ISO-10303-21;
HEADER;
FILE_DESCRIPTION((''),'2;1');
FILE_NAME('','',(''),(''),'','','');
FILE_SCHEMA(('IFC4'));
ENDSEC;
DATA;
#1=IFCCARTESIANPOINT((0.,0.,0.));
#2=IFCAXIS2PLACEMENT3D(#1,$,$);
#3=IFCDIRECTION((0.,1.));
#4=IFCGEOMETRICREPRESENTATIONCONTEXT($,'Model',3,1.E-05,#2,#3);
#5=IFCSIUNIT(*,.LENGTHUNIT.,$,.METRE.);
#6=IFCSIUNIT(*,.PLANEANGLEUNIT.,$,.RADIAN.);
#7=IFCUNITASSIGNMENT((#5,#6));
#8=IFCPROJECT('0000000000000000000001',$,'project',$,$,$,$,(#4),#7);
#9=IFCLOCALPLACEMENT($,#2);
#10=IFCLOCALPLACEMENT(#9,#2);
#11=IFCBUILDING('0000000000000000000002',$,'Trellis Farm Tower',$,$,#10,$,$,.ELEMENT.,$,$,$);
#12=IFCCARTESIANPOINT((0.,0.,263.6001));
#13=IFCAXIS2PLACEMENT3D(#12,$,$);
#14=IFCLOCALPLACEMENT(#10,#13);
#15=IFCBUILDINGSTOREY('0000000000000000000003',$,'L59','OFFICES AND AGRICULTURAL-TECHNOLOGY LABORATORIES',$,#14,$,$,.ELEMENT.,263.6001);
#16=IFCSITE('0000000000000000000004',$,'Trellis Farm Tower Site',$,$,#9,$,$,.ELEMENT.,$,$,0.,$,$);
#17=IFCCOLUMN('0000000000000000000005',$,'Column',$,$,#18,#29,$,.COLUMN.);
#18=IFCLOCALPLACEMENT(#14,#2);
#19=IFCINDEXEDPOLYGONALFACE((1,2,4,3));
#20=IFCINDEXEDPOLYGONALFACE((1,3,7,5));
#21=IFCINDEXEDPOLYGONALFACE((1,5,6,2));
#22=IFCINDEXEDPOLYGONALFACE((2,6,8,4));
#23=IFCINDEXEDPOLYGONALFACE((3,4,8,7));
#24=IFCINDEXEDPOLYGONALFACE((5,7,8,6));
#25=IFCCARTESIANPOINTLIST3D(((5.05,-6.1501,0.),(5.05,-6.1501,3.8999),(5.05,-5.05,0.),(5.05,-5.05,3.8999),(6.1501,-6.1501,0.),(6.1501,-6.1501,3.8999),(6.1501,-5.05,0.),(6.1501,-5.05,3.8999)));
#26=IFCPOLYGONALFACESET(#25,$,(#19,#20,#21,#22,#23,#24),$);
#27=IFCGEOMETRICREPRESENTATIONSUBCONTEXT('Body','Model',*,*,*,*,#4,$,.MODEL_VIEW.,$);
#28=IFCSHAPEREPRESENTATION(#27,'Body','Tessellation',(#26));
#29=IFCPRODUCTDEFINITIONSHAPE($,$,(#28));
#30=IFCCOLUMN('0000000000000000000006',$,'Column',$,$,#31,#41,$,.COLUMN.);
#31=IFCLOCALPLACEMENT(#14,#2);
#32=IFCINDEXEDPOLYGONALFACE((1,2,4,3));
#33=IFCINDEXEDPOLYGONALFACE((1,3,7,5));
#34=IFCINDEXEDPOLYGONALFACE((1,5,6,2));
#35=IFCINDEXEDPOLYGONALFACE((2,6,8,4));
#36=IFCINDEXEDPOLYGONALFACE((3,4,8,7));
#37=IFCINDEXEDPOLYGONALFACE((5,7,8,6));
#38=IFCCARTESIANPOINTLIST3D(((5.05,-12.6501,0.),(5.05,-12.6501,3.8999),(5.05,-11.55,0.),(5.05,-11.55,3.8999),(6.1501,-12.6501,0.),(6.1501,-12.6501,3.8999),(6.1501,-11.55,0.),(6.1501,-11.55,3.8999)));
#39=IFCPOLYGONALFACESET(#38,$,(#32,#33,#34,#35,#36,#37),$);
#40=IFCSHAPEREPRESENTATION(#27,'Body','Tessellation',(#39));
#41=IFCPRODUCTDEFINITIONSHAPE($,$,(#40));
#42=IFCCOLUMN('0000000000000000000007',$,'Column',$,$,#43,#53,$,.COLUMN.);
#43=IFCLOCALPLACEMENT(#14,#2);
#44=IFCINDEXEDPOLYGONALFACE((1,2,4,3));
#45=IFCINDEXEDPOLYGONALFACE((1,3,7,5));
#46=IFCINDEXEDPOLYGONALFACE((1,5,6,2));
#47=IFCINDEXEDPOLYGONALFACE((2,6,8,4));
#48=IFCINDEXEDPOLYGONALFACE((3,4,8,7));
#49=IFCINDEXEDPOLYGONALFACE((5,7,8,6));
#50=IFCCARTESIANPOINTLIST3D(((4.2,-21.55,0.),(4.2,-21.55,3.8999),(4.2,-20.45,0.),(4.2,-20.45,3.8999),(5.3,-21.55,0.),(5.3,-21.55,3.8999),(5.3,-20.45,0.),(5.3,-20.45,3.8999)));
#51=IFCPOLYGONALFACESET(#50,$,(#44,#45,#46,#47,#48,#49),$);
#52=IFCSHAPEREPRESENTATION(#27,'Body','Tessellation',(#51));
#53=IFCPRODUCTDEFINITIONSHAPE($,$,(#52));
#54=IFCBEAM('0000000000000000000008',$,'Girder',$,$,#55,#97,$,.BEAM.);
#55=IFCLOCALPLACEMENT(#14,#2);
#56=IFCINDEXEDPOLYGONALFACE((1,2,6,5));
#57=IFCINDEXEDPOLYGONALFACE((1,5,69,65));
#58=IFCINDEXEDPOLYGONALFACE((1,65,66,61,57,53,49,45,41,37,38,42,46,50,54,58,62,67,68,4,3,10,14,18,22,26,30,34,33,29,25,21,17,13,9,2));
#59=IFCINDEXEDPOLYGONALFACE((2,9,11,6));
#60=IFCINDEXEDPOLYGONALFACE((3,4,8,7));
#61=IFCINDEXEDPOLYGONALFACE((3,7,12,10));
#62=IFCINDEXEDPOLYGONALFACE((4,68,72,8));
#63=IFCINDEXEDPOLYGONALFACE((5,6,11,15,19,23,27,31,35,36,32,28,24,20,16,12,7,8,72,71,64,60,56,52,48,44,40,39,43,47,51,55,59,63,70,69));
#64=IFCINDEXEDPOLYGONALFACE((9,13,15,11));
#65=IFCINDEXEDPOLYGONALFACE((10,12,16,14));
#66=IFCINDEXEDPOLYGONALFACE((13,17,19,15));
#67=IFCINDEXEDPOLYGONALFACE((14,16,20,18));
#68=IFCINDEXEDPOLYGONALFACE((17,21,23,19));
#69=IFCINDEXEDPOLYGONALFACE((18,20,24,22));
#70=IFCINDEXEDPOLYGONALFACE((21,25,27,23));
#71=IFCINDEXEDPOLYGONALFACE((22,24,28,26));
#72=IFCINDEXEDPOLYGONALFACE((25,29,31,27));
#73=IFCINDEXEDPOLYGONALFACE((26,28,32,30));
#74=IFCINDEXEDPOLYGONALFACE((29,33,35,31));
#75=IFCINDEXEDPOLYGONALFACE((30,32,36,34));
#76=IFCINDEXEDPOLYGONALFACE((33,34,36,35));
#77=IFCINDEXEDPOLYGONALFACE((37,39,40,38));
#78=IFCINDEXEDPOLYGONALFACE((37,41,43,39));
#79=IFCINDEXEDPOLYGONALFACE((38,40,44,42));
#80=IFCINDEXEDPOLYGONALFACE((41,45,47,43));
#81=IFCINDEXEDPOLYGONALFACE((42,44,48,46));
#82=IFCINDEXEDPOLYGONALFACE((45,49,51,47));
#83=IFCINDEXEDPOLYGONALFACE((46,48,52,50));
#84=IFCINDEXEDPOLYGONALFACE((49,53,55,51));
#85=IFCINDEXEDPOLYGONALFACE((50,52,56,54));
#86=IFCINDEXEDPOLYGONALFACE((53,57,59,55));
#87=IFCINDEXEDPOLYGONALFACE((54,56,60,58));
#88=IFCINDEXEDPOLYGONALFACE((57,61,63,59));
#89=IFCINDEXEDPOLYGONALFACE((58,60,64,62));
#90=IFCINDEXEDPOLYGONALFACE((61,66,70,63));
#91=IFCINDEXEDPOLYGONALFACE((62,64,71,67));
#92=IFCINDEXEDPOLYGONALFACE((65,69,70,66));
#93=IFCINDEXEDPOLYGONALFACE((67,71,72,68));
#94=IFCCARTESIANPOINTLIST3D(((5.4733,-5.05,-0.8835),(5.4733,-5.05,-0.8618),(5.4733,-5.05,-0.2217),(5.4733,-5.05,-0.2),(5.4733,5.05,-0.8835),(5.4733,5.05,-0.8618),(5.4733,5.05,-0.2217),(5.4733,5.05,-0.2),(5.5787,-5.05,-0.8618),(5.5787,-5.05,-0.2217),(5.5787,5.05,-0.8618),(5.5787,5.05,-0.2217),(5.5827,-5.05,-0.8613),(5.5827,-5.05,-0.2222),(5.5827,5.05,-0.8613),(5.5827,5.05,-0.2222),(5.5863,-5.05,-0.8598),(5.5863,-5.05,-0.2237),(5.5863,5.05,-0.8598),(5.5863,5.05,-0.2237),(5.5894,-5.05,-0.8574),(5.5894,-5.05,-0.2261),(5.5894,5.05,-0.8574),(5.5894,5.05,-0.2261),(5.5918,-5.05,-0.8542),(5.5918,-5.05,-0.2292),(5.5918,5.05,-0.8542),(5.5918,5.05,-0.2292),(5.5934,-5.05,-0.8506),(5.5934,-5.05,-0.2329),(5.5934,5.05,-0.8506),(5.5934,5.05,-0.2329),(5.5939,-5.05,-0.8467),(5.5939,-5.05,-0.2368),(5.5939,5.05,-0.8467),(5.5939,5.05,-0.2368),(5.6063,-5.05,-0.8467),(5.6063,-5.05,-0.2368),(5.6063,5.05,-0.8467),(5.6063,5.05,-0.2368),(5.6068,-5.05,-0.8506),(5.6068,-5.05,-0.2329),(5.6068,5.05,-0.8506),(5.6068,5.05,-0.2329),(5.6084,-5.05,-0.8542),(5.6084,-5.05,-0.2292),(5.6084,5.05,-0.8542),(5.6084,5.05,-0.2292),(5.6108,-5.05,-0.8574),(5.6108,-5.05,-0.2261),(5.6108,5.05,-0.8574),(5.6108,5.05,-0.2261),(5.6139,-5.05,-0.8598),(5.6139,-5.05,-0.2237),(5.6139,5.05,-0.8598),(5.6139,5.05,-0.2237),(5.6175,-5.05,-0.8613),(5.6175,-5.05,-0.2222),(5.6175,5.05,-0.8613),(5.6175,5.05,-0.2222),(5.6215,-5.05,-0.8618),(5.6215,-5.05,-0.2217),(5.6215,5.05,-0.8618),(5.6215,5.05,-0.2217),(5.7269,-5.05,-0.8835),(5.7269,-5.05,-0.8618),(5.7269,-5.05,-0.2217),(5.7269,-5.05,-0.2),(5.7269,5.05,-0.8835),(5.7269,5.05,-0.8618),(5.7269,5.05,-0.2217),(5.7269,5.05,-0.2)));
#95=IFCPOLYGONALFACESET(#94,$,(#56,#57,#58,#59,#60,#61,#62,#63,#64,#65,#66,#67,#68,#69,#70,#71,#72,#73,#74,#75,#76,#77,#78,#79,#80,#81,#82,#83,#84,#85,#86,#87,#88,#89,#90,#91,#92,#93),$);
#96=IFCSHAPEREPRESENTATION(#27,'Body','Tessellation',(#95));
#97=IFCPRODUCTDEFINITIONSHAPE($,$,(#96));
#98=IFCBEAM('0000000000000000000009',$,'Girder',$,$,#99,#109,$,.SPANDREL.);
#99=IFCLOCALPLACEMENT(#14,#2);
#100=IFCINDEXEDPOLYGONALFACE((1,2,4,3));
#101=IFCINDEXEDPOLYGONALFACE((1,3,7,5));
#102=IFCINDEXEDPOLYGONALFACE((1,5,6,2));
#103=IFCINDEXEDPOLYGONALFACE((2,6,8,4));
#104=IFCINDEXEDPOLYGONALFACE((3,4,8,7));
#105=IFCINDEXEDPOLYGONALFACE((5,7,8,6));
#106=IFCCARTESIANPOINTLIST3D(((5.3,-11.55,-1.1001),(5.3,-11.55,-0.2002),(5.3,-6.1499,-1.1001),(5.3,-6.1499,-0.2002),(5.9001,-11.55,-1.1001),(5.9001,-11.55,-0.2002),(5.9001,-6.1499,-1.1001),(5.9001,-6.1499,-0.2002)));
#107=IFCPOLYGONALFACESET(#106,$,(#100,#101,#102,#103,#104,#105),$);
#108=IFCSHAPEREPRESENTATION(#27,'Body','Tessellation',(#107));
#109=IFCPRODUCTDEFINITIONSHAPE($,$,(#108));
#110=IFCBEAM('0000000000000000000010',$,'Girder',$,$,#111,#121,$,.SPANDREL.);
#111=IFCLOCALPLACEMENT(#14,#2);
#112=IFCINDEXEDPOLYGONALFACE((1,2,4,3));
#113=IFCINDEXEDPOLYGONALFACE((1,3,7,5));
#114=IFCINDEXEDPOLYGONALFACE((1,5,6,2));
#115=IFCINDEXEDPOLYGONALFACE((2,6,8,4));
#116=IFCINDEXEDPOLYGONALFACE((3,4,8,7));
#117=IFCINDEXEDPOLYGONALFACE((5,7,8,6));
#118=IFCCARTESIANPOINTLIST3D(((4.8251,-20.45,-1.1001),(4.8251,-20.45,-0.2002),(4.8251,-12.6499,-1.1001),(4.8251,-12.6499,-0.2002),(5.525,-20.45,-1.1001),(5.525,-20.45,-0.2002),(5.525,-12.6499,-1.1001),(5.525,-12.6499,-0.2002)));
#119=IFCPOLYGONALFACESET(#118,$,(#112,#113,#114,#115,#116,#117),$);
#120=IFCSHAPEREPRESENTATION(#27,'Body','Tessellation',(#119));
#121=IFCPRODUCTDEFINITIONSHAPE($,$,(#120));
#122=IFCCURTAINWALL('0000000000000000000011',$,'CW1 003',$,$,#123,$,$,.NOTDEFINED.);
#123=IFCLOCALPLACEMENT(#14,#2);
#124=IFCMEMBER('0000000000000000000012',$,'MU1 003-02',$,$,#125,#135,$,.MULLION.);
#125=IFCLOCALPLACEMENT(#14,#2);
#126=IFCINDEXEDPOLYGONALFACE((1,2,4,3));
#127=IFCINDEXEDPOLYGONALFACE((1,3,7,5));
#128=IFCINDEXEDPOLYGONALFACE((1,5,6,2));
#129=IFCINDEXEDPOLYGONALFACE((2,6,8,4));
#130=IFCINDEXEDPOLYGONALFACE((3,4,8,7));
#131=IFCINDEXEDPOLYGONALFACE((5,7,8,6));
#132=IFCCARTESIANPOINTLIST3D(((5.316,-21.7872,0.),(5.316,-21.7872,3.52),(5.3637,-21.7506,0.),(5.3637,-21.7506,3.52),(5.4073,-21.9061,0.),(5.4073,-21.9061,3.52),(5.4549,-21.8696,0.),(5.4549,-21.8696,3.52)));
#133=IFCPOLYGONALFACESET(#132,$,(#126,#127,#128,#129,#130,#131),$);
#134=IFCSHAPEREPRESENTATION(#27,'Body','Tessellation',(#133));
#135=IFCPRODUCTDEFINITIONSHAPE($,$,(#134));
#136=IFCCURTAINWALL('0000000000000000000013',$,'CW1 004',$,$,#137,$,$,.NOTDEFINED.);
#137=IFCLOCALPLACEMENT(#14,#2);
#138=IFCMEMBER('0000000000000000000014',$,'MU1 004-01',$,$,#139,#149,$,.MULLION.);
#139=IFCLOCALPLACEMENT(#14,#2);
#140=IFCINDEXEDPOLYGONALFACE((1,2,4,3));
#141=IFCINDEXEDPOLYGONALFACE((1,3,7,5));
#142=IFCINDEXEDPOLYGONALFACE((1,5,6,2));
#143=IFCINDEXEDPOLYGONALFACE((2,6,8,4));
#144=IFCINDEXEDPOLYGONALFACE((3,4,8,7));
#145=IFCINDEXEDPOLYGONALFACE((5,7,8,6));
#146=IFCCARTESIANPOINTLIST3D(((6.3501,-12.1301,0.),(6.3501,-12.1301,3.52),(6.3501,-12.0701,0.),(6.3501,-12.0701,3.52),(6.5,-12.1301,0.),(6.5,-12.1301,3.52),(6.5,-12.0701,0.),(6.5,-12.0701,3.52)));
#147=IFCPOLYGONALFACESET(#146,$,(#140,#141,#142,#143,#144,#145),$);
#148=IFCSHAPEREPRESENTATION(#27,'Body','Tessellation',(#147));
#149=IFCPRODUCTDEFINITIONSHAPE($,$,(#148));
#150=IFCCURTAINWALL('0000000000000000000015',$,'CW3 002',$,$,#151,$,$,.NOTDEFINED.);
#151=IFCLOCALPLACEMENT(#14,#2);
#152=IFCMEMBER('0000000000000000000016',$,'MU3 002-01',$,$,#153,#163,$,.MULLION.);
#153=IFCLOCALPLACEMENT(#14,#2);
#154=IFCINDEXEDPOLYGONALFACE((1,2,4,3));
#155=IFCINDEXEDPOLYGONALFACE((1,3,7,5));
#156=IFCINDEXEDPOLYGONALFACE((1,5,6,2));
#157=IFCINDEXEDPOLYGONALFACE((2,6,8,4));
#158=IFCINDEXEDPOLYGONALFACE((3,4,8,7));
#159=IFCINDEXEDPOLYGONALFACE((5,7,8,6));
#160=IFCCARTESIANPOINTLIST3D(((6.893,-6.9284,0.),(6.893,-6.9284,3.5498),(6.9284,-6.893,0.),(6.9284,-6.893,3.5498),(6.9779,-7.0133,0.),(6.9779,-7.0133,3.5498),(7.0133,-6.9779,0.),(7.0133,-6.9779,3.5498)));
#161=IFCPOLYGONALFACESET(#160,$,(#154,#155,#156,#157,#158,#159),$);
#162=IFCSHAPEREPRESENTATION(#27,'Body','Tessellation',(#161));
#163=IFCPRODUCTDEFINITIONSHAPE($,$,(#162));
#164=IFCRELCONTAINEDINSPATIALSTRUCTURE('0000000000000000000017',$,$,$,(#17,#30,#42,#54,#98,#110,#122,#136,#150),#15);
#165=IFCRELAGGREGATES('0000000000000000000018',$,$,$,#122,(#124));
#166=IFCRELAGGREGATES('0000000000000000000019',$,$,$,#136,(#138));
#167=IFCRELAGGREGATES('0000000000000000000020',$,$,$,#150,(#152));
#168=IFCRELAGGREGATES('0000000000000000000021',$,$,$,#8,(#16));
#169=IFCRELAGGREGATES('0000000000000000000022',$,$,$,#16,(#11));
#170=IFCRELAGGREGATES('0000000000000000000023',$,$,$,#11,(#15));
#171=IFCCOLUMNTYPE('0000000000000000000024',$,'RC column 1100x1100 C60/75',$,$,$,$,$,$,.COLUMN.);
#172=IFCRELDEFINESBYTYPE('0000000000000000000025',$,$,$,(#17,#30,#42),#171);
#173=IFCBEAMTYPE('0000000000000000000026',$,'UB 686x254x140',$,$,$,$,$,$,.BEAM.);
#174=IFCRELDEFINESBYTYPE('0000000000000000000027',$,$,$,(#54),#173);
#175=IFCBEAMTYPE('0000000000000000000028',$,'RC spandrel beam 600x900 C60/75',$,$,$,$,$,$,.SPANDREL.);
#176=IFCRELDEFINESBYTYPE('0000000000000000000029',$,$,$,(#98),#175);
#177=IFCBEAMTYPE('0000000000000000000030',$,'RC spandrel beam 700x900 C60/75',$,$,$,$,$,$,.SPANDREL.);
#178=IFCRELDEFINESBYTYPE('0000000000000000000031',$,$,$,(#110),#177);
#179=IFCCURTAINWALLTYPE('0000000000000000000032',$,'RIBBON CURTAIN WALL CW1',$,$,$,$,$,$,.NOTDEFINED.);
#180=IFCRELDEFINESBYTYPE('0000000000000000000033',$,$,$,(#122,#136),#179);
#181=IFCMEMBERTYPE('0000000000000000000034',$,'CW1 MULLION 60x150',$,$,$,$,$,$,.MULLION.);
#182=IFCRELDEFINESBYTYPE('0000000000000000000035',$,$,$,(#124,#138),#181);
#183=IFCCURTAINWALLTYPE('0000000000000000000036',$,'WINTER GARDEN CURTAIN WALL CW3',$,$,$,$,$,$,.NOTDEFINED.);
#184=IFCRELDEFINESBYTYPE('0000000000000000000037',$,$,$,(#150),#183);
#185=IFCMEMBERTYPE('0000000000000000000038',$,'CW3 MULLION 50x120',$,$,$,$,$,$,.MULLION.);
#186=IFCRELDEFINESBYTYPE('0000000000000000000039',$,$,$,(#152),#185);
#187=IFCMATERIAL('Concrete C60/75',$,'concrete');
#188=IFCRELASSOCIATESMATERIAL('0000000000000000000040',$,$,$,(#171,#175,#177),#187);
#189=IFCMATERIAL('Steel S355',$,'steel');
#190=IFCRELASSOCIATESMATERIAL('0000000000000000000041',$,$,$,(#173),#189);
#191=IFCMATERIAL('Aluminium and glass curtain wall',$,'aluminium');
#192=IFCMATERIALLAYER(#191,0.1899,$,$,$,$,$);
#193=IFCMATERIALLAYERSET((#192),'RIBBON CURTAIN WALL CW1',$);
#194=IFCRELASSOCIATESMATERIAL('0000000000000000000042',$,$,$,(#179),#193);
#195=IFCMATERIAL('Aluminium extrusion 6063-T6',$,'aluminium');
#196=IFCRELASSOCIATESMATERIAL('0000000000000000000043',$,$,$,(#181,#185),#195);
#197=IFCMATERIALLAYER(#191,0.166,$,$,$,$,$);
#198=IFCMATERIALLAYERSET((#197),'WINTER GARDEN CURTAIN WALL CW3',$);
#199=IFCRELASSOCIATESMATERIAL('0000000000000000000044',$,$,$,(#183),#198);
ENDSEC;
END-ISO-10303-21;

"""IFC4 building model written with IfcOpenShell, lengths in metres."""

from ifc_helpers import new_model, si_unit, direction, frame, origin, origin_2d, place, context, subcontext, project, spatial, rectangle, i_section, extrude, source, transform, mapped, material, layer, layer_set, material_profile, profile_set, type_object, element, aggregate, save


model = new_model("IFC4")

# Units and contexts
model_context = context("Model", 3, precision=1e-05, world=origin(), true_north=direction((0.0, 1.0)))
body_context = subcontext(model_context, "Body", "Model", "MODEL_VIEW")
ifc_project = project(units=[si_unit("LENGTHUNIT", "METRE"), si_unit("PLANEANGLEUNIT", "RADIAN")], contexts=[model_context])

# Site, building, storey
site_placement = place(None, origin())
site = spatial("IfcSite", under=ifc_project, at=site_placement, Name="Trellis Farm Tower Site", CompositionType="ELEMENT", RefElevation=0.0)
building_placement = place(site_placement, origin())
building = spatial("IfcBuilding", under=site, at=building_placement, Name="Trellis Farm Tower", CompositionType="ELEMENT")
storey_placement = place(building_placement, frame((0.0, 0.0, 263.6001)))
storey = spatial("IfcBuildingStorey", under=building, at=storey_placement, Name="L59", Description="OFFICES AND AGRICULTURAL-TECHNOLOGY LABORATORIES", CompositionType="ELEMENT", Elevation=263.6001)

# Columns
ifc_material_1 = material(Name="Concrete C60/75", Category="concrete")
ifc_material_profile_1 = material_profile(ifc_material_1, rectangle(XDim=1.1001, YDim=1.1001, at=origin_2d()), Name="RC column 1100x1100 C60/75")
ifc_profile_set_1 = profile_set([ifc_material_profile_1], Name="Concrete C60/75")
column_type = type_object("IfcColumnType", Name="RC column 1100x1100 C60/75", PredefinedType="COLUMN", material=ifc_profile_set_1)
shared_shape_1 = source(origin(), body_context, "Body", "SweptSolid", [
    extrude(rectangle(XDim=1.1001, YDim=1.1001, at=origin_2d()), origin(), (0.0, 0.0, 1.0), 3.8999),
])
for number, where, z_axis, x_axis, name in (
    (1, (5.6001, -5.6001, 0.0), (0.0, 0.0, 1.0), (1.0, 0.0, 0.0), "Column"),
    (2, (5.6001, -12.1001, 0.0), (0.0, 0.0, 1.0), (1.0, 0.0, 0.0), "Column"),
    (3, (4.75, -21.0, 0.0), (0.0, 0.0, 1.0), (1.0, 0.0, 0.0), "Column"),
):
    element("IfcColumn", number, at=place(storey_placement, frame(where, z_axis=z_axis, x_axis=x_axis)), inside=storey, type_object=column_type, Name=name, PredefinedType="COLUMN", context=body_context, shape_type="MappedRepresentation", body=[
        mapped(shared_shape_1, transform((0.0, 0.0, 0.0))),
    ])

# Beams
ifc_material_2 = material(Name="Steel S355", Category="steel")
ifc_material_profile_2 = material_profile(ifc_material_2, i_section(OverallWidth=0.2537, OverallDepth=0.6836, WebThickness=0.0125, FlangeThickness=0.0217, FilletRadius=0.0151, at=origin_2d()), Name="UB 686x254x140")
ifc_profile_set_2 = profile_set([ifc_material_profile_2], Name="Steel S355")
beam_type_1 = type_object("IfcBeamType", Name="UB 686x254x140", PredefinedType="BEAM", material=ifc_profile_set_2)
shared_shape_2 = source(origin(), body_context, "Body", "SweptSolid", [
    extrude(i_section(OverallWidth=0.2537, OverallDepth=0.6836, WebThickness=0.0125, FlangeThickness=0.0217, FilletRadius=0.0151, at=origin_2d()), origin(), (0.0, 0.0, 1.0), 10.1001),
])
beam_1_placement = place(storey_placement, frame((5.6001, -5.05, -0.5417), z_axis=(0.0, 1.0, 0.0), x_axis=(-1.0, 0.0, 0.0)))
element("IfcBeam", 4, at=beam_1_placement, inside=storey, type_object=beam_type_1, Name="Girder", PredefinedType="BEAM", context=body_context, shape_type="MappedRepresentation", body=[
    mapped(shared_shape_2, transform((0.0, 0.0, 0.0))),
])
ifc_material_profile_3 = material_profile(ifc_material_1, rectangle(XDim=0.6001, YDim=0.8999, at=origin_2d()), Name="RC spandrel beam 600x900 C60/75")
ifc_profile_set_3 = profile_set([ifc_material_profile_3], Name="Concrete C60/75")
beam_type_2 = type_object("IfcBeamType", Name="RC spandrel beam 600x900 C60/75", PredefinedType="SPANDREL", material=ifc_profile_set_3)
shared_shape_3 = source(origin(), body_context, "Body", "SweptSolid", [
    extrude(rectangle(XDim=0.6001, YDim=0.8999, at=origin_2d()), origin(), (0.0, 0.0, 1.0), 5.4001),
])
beam_2_placement = place(storey_placement, frame((5.6001, -11.55, -0.6501), z_axis=(0.0, 1.0, 0.0), x_axis=(-1.0, 0.0, 0.0)))
element("IfcBeam", 5, at=beam_2_placement, inside=storey, type_object=beam_type_2, Name="Girder", PredefinedType="SPANDREL", context=body_context, shape_type="MappedRepresentation", body=[
    mapped(shared_shape_3, transform((0.0, 0.0, 0.0))),
])
ifc_material_profile_4 = material_profile(ifc_material_1, rectangle(XDim=0.7, YDim=0.8999, at=origin_2d()), Name="RC spandrel beam 700x900 C60/75")
ifc_profile_set_4 = profile_set([ifc_material_profile_4], Name="Concrete C60/75")
beam_type_3 = type_object("IfcBeamType", Name="RC spandrel beam 700x900 C60/75", PredefinedType="SPANDREL", material=ifc_profile_set_4)
shared_shape_4 = source(origin(), body_context, "Body", "SweptSolid", [
    extrude(rectangle(XDim=0.7, YDim=0.8999, at=origin_2d()), origin(), (0.0, 0.0, 1.0), 7.8),
])
beam_3_placement = place(storey_placement, frame((5.175, -20.45, -0.6501), z_axis=(0.0, 1.0, 0.0), x_axis=(-1.0, 0.0, 0.0)))
element("IfcBeam", 6, at=beam_3_placement, inside=storey, type_object=beam_type_3, Name="Girder", PredefinedType="SPANDREL", context=body_context, shape_type="MappedRepresentation", body=[
    mapped(shared_shape_4, transform((0.0, 0.0, 0.0))),
])

# Curtain walls, members
ifc_material_3 = material(Name="Aluminium and glass curtain wall", Category="aluminium")
ifc_layer_1 = layer(ifc_material_3, 0.1899)
ifc_layer_set_1 = layer_set([ifc_layer_1], Name="RIBBON CURTAIN WALL CW1")
curtain_wall_type_1 = type_object("IfcCurtainWallType", Name="RIBBON CURTAIN WALL CW1", PredefinedType="NOTDEFINED", material=ifc_layer_set_1)
placement = place(storey_placement, origin())
curtain_wall_1 = element("IfcCurtainWall", 7, at=placement, inside=storey, type_object=curtain_wall_type_1, Name="CW1 003", PredefinedType="NOTDEFINED")
ifc_material_4 = material(Name="Aluminium extrusion 6063-T6", Category="aluminium")
ifc_material_profile_5 = material_profile(ifc_material_4, rectangle(XDim=0.0601, YDim=0.1499, at=origin_2d()), Name="MULLION 60x150")
ifc_profile_set_5 = profile_set([ifc_material_profile_5], Name="Aluminium extrusion 6063-T6")
member_type_1 = type_object("IfcMemberType", Name="CW1 MULLION 60x150", PredefinedType="MULLION", material=ifc_profile_set_5)
shared_shape_5 = source(origin(), body_context, "Body", "SweptSolid", [
    extrude(rectangle(XDim=0.0601, YDim=0.1499, at=origin_2d()), origin(), (0.0, 0.0, 1.0), 3.52),
])
member_1_placement = place(storey_placement, frame((5.3855, -21.8284, 0.0), z_axis=(0.0, 0.0, 1.0), x_axis=(0.793353, 0.608761, 0.0)))
member_1 = element("IfcMember", 8, at=member_1_placement, type_object=member_type_1, Name="MU1 003-02", PredefinedType="MULLION", context=body_context, shape_type="MappedRepresentation", body=[
    mapped(shared_shape_5, transform((0.0, 0.0, 0.0))),
])
aggregate(curtain_wall_1, [member_1])
curtain_wall_2 = element("IfcCurtainWall", 9, at=placement, inside=storey, type_object=curtain_wall_type_1, Name="CW1 004", PredefinedType="NOTDEFINED")
member_2_placement = place(storey_placement, frame((6.425, -12.1001, 0.0), z_axis=(0.0, 0.0, 1.0), x_axis=(0.0, 1.0, 0.0)))
member_2 = element("IfcMember", 10, at=member_2_placement, type_object=member_type_1, Name="MU1 004-01", PredefinedType="MULLION", context=body_context, shape_type="MappedRepresentation", body=[
    mapped(shared_shape_5, transform((0.0, 0.0, 0.0))),
])
aggregate(curtain_wall_2, [member_2])
ifc_layer_2 = layer(ifc_material_3, 0.166)
ifc_layer_set_2 = layer_set([ifc_layer_2], Name="WINTER GARDEN CURTAIN WALL CW3")
curtain_wall_type_2 = type_object("IfcCurtainWallType", Name="WINTER GARDEN CURTAIN WALL CW3", PredefinedType="NOTDEFINED", material=ifc_layer_set_2)
curtain_wall_3 = element("IfcCurtainWall", 11, at=placement, inside=storey, type_object=curtain_wall_type_2, Name="CW3 002", PredefinedType="NOTDEFINED")
ifc_material_profile_6 = material_profile(ifc_material_4, rectangle(XDim=0.05, YDim=0.1201, at=origin_2d()), Name="MULLION 50x120")
ifc_profile_set_6 = profile_set([ifc_material_profile_6], Name="Aluminium extrusion 6063-T6")
member_type_2 = type_object("IfcMemberType", Name="CW3 MULLION 50x120", PredefinedType="MULLION", material=ifc_profile_set_6)
shared_shape_6 = source(origin(), body_context, "Body", "SweptSolid", [
    extrude(rectangle(XDim=0.05, YDim=0.1201, at=origin_2d()), origin(), (0.0, 0.0, 1.0), 3.5498),
])
member_3_placement = place(storey_placement, frame((6.9531, -6.9531, 0.0), z_axis=(0.0, 0.0, 1.0), x_axis=(0.707107, 0.707107, 0.0)))
member_3 = element("IfcMember", 12, at=member_3_placement, type_object=member_type_2, Name="MU3 002-01", PredefinedType="MULLION", context=body_context, shape_type="MappedRepresentation", body=[
    mapped(shared_shape_6, transform((0.0, 0.0, 0.0))),
])
aggregate(curtain_wall_3, [member_3])

save(model, "model.ifc")
